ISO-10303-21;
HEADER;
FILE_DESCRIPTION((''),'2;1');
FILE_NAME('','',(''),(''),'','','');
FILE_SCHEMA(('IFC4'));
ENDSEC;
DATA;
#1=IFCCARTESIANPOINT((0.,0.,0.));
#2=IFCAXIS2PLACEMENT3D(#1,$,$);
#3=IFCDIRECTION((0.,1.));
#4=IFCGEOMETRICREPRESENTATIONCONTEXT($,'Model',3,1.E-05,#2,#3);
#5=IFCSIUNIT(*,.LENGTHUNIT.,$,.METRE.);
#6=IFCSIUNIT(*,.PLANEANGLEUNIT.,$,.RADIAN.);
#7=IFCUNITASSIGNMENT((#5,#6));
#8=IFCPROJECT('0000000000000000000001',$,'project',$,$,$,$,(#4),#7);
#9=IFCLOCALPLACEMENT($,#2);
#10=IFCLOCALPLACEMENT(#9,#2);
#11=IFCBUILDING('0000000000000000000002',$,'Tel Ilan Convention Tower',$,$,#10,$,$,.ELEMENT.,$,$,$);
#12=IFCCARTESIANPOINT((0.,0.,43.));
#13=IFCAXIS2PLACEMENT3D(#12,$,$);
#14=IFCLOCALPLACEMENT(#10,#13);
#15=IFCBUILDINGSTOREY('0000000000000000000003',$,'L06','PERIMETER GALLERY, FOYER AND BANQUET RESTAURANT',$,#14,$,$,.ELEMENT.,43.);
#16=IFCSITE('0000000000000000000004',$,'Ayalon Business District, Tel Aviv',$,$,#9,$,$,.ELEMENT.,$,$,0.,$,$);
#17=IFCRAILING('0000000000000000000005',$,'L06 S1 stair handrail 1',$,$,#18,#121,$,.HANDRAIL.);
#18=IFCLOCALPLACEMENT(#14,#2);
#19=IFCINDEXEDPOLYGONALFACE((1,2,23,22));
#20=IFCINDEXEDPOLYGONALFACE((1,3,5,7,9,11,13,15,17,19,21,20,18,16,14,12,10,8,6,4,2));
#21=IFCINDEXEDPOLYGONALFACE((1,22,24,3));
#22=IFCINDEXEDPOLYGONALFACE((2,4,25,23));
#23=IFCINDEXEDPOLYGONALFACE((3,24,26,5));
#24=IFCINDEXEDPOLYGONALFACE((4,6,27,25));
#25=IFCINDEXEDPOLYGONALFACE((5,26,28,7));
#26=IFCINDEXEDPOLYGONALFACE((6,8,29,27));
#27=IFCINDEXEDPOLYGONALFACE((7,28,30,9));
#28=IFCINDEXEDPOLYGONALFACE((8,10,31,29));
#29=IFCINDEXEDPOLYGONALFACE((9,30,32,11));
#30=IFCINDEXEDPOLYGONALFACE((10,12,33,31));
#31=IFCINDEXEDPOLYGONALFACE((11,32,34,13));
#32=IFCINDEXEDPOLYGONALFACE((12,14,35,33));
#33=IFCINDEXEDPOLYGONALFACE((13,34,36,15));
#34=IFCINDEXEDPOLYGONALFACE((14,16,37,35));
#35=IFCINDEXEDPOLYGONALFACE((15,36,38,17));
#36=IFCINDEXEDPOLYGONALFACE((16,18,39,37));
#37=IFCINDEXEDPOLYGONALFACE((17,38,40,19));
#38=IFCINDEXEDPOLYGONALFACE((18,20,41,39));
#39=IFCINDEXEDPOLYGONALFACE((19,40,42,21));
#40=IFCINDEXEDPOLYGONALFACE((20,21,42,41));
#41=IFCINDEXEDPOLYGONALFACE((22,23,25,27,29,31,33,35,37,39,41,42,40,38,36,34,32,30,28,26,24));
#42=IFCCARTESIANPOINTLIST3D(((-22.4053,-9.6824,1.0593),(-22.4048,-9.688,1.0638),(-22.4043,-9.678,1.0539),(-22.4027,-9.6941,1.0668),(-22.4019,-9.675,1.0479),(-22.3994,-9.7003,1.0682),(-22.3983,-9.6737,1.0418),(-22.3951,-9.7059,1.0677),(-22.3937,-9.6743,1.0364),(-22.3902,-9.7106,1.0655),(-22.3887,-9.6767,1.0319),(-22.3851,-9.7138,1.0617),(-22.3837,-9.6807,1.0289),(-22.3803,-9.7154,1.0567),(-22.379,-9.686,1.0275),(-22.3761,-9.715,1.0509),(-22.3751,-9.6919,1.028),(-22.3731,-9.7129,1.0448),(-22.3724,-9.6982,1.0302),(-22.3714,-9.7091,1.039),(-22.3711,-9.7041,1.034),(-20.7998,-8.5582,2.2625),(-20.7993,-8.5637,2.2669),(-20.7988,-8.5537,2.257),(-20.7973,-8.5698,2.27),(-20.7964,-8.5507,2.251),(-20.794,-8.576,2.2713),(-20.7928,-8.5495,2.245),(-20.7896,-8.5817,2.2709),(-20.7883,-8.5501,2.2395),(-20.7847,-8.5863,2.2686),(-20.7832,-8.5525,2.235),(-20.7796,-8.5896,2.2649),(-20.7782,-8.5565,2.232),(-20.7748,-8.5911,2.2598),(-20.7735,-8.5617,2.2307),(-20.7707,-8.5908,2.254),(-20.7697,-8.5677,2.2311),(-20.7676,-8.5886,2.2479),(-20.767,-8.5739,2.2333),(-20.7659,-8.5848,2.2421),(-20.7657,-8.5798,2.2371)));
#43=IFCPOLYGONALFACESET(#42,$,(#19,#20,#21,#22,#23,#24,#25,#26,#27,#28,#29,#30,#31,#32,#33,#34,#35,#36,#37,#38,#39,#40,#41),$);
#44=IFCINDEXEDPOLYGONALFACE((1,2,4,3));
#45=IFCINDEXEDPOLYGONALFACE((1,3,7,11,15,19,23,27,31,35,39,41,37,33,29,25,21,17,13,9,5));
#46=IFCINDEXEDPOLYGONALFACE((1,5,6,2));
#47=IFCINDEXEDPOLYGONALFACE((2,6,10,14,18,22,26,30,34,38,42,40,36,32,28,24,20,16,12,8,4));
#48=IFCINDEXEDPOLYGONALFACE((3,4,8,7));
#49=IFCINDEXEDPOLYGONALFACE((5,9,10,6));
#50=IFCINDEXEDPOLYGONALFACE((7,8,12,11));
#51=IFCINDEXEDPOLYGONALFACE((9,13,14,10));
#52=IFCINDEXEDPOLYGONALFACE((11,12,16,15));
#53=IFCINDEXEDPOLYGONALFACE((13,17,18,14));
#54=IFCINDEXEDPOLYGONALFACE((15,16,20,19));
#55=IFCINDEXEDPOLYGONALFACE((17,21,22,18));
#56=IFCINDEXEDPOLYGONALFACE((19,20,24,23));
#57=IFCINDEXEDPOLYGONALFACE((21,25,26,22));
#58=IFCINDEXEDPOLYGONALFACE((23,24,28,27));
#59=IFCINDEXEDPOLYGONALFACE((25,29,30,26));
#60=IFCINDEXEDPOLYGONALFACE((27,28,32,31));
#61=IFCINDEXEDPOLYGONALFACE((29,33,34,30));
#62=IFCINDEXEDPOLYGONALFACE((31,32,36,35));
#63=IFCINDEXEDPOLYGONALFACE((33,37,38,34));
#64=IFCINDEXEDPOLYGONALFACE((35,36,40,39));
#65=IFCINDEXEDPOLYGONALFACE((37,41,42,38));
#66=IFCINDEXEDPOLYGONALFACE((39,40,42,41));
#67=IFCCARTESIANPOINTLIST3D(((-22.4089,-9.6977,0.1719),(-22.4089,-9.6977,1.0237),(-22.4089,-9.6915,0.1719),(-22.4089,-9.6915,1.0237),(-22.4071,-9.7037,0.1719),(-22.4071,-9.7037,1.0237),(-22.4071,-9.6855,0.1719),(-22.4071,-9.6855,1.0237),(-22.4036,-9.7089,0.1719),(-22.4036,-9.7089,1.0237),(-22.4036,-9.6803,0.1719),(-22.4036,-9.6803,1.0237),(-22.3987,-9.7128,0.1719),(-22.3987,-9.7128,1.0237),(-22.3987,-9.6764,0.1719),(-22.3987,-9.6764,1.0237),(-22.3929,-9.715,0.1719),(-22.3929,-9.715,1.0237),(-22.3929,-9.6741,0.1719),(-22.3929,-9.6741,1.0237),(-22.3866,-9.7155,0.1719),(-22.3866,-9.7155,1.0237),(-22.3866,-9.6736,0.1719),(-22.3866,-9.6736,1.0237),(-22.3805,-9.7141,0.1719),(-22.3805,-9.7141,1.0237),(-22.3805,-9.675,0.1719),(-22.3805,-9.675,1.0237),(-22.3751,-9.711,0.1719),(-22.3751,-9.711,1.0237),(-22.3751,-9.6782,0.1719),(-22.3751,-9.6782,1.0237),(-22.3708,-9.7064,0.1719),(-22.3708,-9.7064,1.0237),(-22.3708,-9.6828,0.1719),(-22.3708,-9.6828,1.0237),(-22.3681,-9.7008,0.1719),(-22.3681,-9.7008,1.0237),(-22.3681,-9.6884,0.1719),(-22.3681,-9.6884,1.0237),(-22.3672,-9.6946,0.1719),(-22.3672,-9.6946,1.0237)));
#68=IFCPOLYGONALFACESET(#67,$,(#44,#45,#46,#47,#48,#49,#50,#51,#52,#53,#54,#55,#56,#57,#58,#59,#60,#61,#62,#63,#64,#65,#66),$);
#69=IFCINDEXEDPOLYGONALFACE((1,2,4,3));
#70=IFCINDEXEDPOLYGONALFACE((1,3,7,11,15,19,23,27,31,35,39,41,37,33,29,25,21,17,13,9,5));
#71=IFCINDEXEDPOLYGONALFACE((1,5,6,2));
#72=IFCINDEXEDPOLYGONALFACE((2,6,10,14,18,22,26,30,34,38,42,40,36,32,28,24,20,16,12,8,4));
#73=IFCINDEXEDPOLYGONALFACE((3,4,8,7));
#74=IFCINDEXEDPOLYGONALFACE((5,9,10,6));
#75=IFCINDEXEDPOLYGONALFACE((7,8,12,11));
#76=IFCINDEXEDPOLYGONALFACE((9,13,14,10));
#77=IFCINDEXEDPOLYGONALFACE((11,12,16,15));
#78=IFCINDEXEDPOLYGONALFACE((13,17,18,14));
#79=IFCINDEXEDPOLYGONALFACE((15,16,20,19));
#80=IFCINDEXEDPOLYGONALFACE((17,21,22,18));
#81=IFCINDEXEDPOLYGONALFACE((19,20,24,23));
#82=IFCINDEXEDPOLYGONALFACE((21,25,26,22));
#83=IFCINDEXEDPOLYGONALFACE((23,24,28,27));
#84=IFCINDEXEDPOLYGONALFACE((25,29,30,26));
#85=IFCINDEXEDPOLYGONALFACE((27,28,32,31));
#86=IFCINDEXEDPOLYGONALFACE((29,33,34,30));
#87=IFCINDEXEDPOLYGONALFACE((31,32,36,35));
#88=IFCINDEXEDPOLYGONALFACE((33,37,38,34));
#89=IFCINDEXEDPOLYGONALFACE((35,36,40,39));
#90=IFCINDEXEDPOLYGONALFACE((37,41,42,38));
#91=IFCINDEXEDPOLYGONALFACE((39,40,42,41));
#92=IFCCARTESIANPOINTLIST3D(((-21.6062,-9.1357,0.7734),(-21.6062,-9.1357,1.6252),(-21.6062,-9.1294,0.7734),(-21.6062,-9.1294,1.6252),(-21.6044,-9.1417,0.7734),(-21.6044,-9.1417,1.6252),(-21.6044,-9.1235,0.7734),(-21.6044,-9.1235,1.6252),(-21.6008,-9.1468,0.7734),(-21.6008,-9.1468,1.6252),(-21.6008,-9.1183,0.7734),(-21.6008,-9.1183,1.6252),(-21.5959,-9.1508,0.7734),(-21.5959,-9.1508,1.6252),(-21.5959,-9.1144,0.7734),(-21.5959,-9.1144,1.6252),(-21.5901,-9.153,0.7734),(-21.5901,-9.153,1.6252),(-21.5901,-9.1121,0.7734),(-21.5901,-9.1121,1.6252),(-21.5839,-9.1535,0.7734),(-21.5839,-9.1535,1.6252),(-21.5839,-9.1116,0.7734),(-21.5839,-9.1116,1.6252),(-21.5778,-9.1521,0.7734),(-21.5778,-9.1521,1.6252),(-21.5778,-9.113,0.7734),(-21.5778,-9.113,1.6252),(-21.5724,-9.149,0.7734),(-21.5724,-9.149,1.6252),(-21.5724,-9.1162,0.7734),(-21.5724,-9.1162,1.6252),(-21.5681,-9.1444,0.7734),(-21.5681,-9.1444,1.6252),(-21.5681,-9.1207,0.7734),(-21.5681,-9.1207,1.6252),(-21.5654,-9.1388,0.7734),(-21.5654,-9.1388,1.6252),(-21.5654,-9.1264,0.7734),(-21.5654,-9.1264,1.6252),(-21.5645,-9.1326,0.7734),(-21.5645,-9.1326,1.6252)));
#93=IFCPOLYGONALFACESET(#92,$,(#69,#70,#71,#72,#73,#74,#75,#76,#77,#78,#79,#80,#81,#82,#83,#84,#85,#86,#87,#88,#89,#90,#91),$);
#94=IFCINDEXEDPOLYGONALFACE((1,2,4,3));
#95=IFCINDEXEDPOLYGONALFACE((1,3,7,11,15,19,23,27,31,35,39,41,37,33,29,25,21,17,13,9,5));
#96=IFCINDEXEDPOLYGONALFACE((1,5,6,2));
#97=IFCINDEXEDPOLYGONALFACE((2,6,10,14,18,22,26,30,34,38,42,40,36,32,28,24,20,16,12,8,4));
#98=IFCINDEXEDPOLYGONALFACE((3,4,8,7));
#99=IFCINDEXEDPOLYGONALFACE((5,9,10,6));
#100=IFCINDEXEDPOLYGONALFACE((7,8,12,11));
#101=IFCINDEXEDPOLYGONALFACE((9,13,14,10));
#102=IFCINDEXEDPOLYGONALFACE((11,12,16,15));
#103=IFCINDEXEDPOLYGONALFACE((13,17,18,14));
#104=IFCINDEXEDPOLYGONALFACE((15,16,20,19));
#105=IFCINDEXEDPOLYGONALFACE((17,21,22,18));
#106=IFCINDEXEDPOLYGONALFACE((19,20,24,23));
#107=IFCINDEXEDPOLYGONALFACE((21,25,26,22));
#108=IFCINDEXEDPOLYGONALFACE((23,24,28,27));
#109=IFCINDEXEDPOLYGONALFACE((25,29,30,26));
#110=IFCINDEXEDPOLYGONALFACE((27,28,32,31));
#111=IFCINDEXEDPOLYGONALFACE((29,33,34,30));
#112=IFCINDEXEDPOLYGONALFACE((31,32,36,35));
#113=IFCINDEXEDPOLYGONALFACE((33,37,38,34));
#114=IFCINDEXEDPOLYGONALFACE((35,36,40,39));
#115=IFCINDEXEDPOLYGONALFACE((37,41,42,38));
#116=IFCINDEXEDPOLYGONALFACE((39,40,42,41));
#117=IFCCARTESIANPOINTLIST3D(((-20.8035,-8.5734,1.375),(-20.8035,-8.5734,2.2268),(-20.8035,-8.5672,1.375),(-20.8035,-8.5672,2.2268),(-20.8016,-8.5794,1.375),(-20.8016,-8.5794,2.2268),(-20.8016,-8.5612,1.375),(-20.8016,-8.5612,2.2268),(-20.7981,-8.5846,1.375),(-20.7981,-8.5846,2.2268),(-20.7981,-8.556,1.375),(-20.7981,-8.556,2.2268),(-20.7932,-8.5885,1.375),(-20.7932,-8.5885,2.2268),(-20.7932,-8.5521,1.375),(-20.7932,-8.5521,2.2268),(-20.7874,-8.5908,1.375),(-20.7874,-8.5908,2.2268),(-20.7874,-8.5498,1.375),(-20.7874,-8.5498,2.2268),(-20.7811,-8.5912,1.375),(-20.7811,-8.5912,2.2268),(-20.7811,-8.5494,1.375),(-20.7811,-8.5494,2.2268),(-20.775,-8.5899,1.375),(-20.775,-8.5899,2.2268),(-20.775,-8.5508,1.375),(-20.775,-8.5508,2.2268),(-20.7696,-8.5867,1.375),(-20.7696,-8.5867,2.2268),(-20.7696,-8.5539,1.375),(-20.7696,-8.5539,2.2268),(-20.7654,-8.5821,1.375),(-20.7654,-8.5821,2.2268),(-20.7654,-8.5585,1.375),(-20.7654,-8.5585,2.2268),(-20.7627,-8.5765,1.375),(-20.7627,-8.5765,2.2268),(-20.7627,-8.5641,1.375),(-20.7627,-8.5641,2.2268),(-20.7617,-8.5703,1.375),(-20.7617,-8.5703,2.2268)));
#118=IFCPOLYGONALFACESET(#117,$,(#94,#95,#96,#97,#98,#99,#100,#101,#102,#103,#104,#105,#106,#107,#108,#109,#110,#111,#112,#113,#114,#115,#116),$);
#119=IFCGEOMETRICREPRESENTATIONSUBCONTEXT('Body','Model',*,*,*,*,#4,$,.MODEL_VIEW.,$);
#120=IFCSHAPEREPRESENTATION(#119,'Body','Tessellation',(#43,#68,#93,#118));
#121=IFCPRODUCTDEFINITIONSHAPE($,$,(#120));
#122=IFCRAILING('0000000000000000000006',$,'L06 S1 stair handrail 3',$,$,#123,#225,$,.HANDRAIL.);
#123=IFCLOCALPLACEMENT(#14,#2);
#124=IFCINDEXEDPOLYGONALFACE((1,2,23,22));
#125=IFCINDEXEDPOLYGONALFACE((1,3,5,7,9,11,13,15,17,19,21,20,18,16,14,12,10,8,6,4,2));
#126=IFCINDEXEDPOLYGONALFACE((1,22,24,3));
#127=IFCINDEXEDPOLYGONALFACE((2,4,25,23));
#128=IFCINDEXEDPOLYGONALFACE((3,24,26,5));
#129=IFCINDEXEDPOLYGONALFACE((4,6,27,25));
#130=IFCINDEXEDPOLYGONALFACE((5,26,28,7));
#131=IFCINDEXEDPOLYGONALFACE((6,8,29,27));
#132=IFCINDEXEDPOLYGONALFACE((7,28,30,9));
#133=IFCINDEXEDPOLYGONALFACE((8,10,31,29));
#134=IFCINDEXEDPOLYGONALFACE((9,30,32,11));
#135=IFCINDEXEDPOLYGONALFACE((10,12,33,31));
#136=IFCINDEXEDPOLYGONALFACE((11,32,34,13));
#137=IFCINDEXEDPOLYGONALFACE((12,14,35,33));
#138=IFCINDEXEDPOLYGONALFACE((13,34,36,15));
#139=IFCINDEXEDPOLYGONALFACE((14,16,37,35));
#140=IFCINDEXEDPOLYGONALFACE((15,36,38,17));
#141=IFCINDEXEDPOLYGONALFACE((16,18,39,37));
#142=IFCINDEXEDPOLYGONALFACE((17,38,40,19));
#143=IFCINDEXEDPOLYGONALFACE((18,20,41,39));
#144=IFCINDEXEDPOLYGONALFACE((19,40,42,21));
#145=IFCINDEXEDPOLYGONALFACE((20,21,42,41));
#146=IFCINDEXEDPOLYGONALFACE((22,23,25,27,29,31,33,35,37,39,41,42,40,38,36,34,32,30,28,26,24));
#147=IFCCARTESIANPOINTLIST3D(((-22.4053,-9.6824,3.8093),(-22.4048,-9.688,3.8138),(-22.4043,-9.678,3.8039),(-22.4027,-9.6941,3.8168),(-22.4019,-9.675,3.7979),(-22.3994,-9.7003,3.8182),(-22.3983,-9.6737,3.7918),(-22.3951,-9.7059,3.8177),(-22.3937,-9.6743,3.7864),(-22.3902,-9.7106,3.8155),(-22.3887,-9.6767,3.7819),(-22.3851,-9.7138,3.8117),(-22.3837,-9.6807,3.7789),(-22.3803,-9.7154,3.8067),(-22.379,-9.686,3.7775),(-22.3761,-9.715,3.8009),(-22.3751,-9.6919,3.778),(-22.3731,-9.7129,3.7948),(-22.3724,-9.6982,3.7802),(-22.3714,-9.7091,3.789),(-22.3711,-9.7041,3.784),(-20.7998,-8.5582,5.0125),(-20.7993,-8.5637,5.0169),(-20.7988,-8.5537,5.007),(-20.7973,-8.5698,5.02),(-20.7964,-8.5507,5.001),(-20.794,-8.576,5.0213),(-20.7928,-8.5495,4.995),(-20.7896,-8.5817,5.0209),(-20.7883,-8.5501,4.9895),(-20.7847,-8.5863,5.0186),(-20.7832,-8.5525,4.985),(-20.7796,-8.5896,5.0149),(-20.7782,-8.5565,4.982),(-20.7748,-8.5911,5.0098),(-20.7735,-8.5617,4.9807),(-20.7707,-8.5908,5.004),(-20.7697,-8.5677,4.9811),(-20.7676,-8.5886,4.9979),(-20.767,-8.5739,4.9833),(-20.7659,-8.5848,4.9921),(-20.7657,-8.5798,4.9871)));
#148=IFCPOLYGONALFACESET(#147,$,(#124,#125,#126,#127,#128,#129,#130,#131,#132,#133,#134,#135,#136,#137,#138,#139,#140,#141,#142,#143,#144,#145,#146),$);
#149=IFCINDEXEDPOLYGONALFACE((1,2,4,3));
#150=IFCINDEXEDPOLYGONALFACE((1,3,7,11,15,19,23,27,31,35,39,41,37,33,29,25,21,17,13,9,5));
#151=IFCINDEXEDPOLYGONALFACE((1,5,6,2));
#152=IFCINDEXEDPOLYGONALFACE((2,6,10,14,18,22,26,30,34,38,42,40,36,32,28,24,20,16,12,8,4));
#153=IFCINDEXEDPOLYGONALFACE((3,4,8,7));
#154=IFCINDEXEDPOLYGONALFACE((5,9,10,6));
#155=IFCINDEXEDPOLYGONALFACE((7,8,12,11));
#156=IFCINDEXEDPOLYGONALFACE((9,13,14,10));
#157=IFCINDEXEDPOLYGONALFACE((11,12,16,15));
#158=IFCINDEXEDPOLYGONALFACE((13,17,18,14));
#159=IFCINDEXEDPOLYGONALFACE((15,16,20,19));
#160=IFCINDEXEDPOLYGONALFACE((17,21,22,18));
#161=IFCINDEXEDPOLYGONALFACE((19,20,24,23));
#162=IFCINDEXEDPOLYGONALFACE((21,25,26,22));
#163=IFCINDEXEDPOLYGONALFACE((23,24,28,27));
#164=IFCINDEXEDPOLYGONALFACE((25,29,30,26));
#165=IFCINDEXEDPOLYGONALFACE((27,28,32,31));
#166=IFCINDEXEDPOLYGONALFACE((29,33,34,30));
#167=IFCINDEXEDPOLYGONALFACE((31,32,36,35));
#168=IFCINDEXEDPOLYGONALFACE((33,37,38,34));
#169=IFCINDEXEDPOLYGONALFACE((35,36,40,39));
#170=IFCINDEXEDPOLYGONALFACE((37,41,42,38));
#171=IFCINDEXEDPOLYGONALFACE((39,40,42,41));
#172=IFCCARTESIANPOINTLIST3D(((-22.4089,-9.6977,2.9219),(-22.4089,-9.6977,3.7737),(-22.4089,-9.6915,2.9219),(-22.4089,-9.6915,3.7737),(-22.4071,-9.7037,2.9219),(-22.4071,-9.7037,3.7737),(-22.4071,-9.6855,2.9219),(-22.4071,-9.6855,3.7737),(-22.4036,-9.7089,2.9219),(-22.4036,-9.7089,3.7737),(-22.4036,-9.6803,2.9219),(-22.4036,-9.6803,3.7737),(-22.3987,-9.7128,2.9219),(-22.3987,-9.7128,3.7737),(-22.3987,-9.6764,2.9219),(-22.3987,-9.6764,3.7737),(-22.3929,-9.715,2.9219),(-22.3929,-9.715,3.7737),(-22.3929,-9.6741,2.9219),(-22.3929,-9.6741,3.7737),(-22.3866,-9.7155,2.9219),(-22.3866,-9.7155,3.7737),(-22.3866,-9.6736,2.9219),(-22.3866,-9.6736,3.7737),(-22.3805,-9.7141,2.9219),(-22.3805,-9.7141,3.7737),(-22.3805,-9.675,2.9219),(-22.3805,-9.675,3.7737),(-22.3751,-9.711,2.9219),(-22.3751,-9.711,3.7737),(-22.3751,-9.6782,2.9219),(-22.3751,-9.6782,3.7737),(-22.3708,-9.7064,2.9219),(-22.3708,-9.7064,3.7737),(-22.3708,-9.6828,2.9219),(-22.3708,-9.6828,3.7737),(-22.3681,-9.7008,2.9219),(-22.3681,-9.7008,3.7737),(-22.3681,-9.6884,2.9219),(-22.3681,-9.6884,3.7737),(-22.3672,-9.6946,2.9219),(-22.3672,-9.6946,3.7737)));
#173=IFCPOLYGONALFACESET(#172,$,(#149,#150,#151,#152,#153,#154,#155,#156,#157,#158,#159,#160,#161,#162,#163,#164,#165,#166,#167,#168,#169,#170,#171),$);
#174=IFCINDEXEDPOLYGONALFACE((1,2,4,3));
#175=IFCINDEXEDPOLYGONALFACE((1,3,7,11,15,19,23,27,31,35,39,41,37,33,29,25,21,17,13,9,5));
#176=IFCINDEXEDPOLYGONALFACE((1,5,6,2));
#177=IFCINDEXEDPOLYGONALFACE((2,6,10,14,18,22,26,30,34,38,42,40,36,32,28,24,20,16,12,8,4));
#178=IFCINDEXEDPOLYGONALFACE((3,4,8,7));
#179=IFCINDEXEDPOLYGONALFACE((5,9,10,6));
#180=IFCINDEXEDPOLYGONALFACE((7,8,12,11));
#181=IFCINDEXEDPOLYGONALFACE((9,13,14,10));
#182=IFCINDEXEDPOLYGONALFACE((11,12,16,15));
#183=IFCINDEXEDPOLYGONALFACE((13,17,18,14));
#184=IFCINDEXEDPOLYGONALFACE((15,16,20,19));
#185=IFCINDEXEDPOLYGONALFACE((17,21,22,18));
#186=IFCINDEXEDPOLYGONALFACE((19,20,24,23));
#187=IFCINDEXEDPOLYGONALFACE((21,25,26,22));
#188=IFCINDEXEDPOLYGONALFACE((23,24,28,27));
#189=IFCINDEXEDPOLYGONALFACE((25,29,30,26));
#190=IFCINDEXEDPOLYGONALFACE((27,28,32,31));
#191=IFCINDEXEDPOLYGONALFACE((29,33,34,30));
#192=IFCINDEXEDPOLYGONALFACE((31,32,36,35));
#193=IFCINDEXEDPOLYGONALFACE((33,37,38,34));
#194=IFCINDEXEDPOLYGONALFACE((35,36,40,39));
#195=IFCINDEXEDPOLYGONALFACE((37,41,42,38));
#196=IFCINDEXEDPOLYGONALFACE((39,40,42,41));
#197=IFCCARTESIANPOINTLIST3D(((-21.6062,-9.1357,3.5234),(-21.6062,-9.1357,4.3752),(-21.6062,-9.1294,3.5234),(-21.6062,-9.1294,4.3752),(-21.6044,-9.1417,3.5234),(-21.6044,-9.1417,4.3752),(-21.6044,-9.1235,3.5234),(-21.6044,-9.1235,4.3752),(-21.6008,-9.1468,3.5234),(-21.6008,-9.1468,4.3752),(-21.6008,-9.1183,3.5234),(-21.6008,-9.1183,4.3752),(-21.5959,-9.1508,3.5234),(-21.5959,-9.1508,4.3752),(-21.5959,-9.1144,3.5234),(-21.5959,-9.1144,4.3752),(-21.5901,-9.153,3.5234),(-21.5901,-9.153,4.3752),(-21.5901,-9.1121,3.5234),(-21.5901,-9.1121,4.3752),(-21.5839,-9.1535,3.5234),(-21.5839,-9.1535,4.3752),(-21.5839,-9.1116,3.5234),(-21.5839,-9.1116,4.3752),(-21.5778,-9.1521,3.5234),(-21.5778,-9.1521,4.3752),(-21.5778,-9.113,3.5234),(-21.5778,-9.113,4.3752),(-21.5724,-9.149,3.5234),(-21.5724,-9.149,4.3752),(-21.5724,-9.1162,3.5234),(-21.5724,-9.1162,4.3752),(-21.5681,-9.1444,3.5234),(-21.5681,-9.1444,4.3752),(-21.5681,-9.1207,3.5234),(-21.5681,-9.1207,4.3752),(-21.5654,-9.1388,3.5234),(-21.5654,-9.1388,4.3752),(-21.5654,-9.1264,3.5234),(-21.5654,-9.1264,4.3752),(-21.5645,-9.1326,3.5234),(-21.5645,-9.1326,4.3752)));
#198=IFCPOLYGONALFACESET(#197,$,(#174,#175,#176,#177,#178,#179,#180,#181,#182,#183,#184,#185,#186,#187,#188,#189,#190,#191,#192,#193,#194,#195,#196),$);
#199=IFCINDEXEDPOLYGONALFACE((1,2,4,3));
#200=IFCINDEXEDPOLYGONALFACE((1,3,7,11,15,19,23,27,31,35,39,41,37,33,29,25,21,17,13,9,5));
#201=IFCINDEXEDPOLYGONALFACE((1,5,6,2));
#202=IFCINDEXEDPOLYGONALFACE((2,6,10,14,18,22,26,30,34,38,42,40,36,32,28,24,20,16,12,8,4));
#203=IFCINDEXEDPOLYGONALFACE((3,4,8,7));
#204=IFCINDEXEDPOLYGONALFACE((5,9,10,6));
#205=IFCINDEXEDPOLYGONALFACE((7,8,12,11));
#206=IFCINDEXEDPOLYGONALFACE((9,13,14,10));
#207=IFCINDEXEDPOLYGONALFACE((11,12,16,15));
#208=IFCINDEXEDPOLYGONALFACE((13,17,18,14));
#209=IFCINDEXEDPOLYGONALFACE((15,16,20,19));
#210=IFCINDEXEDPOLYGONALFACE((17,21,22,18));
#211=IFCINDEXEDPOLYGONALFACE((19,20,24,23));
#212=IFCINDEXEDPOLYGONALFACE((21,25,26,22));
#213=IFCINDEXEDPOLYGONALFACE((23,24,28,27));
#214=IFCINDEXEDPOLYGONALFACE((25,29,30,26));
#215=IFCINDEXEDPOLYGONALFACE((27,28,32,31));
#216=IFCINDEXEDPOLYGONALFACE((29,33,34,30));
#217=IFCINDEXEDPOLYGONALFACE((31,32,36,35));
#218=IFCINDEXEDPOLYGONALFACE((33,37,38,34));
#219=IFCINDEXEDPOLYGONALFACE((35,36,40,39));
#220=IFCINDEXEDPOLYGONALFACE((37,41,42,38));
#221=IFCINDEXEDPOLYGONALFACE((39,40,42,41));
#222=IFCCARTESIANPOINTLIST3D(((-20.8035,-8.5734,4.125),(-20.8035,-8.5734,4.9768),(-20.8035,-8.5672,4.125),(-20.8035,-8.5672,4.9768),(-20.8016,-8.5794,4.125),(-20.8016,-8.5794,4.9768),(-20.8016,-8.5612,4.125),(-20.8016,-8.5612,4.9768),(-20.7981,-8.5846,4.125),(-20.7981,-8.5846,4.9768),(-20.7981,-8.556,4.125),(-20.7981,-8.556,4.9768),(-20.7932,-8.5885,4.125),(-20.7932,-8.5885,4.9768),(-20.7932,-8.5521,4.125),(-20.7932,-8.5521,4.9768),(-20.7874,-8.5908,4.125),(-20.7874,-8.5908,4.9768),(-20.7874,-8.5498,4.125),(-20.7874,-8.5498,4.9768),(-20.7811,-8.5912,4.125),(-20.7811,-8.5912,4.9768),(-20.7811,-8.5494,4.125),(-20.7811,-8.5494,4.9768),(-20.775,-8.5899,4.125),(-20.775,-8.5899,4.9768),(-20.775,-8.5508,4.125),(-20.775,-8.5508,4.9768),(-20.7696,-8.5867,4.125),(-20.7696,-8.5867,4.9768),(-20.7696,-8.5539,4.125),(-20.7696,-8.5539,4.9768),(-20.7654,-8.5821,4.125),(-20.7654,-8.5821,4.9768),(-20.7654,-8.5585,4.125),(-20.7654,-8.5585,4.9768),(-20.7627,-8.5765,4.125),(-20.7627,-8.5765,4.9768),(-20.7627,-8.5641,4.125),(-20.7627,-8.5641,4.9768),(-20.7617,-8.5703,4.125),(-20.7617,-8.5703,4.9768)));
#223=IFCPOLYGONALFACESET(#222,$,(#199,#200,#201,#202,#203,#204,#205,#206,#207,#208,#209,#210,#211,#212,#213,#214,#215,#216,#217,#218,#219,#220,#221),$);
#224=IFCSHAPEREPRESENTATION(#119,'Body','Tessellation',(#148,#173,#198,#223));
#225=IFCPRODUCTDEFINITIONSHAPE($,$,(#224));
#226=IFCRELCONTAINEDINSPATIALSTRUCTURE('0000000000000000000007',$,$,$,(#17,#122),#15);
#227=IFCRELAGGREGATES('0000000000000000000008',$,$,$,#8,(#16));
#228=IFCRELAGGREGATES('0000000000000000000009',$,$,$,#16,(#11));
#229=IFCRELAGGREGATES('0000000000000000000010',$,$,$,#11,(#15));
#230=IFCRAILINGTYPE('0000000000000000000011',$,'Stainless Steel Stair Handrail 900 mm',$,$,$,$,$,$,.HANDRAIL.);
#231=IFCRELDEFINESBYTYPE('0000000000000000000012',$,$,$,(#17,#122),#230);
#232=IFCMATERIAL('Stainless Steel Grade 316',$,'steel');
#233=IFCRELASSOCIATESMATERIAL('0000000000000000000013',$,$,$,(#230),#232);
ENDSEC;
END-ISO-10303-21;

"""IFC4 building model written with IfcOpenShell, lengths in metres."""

from ifc_helpers import new_model, si_unit, direction, frame, origin, origin_2d, place, context, subcontext, project, spatial, circle, extrude, material, type_object, element, save


model = new_model("IFC4")

# Units and contexts
model_context = context("Model", 3, precision=1e-05, world=origin(), true_north=direction((0.0, 1.0)))
body_context = subcontext(model_context, "Body", "Model", "MODEL_VIEW")
ifc_project = project(units=[si_unit("LENGTHUNIT", "METRE"), si_unit("PLANEANGLEUNIT", "RADIAN")], contexts=[model_context])

# Site, building, storey
site_placement = place(None, origin())
site = spatial("IfcSite", under=ifc_project, at=site_placement, Name="Ayalon Business District, Tel Aviv", CompositionType="ELEMENT", RefElevation=0.0)
building_placement = place(site_placement, origin())
building = spatial("IfcBuilding", under=site, at=building_placement, Name="Tel Ilan Convention Tower", CompositionType="ELEMENT")
storey_placement = place(building_placement, frame((0.0, 0.0, 43.0)))
storey = spatial("IfcBuildingStorey", under=building, at=storey_placement, Name="L06", Description="PERIMETER GALLERY, FOYER AND BANQUET RESTAURANT", CompositionType="ELEMENT", Elevation=43.0)

# Railings
ifc_material_1 = material(Name="Stainless Steel Grade 316", Category="steel")
railing_type_1 = type_object("IfcRailingType", Name="Stainless Steel Stair Handrail 900 mm", PredefinedType="HANDRAIL", material=ifc_material_1)
for number, where, name in (
    (1, (-22.3882, -9.6946, 0.1719), "L06 S1 stair handrail 1"),
    (2, (-22.3882, -9.6946, 2.9219), "L06 S1 stair handrail 3"),
):
    element("IfcRailing", number, at=place(storey_placement, frame(where)), inside=storey, type_object=railing_type_1, Name=name, PredefinedType="HANDRAIL", context=body_context, shape_type="SweptSolid", body=[
        extrude(circle(Radius=0.0239, at=origin_2d()), frame((0.0, 0.0, 0.876), z_axis=(0.698095, 0.488857, 0.523146), x_axis=(-0.573613, 0.819127, 0.0)), (0.0, 0.0, 1.0), 2.2998),
        extrude(circle(Radius=0.021, at=origin_2d()), origin(), (0.0, 0.0, 1.0), 0.8518),
        extrude(circle(Radius=0.021, at=origin_2d()), frame((0.8027, 0.562, 0.6016)), (0.0, 0.0, 1.0), 0.8518),
        extrude(circle(Radius=0.021, at=origin_2d()), frame((1.6055, 1.1243, 1.2031)), (0.0, 0.0, 1.0), 0.8518),
    ])

save(model, "model.ifc")
